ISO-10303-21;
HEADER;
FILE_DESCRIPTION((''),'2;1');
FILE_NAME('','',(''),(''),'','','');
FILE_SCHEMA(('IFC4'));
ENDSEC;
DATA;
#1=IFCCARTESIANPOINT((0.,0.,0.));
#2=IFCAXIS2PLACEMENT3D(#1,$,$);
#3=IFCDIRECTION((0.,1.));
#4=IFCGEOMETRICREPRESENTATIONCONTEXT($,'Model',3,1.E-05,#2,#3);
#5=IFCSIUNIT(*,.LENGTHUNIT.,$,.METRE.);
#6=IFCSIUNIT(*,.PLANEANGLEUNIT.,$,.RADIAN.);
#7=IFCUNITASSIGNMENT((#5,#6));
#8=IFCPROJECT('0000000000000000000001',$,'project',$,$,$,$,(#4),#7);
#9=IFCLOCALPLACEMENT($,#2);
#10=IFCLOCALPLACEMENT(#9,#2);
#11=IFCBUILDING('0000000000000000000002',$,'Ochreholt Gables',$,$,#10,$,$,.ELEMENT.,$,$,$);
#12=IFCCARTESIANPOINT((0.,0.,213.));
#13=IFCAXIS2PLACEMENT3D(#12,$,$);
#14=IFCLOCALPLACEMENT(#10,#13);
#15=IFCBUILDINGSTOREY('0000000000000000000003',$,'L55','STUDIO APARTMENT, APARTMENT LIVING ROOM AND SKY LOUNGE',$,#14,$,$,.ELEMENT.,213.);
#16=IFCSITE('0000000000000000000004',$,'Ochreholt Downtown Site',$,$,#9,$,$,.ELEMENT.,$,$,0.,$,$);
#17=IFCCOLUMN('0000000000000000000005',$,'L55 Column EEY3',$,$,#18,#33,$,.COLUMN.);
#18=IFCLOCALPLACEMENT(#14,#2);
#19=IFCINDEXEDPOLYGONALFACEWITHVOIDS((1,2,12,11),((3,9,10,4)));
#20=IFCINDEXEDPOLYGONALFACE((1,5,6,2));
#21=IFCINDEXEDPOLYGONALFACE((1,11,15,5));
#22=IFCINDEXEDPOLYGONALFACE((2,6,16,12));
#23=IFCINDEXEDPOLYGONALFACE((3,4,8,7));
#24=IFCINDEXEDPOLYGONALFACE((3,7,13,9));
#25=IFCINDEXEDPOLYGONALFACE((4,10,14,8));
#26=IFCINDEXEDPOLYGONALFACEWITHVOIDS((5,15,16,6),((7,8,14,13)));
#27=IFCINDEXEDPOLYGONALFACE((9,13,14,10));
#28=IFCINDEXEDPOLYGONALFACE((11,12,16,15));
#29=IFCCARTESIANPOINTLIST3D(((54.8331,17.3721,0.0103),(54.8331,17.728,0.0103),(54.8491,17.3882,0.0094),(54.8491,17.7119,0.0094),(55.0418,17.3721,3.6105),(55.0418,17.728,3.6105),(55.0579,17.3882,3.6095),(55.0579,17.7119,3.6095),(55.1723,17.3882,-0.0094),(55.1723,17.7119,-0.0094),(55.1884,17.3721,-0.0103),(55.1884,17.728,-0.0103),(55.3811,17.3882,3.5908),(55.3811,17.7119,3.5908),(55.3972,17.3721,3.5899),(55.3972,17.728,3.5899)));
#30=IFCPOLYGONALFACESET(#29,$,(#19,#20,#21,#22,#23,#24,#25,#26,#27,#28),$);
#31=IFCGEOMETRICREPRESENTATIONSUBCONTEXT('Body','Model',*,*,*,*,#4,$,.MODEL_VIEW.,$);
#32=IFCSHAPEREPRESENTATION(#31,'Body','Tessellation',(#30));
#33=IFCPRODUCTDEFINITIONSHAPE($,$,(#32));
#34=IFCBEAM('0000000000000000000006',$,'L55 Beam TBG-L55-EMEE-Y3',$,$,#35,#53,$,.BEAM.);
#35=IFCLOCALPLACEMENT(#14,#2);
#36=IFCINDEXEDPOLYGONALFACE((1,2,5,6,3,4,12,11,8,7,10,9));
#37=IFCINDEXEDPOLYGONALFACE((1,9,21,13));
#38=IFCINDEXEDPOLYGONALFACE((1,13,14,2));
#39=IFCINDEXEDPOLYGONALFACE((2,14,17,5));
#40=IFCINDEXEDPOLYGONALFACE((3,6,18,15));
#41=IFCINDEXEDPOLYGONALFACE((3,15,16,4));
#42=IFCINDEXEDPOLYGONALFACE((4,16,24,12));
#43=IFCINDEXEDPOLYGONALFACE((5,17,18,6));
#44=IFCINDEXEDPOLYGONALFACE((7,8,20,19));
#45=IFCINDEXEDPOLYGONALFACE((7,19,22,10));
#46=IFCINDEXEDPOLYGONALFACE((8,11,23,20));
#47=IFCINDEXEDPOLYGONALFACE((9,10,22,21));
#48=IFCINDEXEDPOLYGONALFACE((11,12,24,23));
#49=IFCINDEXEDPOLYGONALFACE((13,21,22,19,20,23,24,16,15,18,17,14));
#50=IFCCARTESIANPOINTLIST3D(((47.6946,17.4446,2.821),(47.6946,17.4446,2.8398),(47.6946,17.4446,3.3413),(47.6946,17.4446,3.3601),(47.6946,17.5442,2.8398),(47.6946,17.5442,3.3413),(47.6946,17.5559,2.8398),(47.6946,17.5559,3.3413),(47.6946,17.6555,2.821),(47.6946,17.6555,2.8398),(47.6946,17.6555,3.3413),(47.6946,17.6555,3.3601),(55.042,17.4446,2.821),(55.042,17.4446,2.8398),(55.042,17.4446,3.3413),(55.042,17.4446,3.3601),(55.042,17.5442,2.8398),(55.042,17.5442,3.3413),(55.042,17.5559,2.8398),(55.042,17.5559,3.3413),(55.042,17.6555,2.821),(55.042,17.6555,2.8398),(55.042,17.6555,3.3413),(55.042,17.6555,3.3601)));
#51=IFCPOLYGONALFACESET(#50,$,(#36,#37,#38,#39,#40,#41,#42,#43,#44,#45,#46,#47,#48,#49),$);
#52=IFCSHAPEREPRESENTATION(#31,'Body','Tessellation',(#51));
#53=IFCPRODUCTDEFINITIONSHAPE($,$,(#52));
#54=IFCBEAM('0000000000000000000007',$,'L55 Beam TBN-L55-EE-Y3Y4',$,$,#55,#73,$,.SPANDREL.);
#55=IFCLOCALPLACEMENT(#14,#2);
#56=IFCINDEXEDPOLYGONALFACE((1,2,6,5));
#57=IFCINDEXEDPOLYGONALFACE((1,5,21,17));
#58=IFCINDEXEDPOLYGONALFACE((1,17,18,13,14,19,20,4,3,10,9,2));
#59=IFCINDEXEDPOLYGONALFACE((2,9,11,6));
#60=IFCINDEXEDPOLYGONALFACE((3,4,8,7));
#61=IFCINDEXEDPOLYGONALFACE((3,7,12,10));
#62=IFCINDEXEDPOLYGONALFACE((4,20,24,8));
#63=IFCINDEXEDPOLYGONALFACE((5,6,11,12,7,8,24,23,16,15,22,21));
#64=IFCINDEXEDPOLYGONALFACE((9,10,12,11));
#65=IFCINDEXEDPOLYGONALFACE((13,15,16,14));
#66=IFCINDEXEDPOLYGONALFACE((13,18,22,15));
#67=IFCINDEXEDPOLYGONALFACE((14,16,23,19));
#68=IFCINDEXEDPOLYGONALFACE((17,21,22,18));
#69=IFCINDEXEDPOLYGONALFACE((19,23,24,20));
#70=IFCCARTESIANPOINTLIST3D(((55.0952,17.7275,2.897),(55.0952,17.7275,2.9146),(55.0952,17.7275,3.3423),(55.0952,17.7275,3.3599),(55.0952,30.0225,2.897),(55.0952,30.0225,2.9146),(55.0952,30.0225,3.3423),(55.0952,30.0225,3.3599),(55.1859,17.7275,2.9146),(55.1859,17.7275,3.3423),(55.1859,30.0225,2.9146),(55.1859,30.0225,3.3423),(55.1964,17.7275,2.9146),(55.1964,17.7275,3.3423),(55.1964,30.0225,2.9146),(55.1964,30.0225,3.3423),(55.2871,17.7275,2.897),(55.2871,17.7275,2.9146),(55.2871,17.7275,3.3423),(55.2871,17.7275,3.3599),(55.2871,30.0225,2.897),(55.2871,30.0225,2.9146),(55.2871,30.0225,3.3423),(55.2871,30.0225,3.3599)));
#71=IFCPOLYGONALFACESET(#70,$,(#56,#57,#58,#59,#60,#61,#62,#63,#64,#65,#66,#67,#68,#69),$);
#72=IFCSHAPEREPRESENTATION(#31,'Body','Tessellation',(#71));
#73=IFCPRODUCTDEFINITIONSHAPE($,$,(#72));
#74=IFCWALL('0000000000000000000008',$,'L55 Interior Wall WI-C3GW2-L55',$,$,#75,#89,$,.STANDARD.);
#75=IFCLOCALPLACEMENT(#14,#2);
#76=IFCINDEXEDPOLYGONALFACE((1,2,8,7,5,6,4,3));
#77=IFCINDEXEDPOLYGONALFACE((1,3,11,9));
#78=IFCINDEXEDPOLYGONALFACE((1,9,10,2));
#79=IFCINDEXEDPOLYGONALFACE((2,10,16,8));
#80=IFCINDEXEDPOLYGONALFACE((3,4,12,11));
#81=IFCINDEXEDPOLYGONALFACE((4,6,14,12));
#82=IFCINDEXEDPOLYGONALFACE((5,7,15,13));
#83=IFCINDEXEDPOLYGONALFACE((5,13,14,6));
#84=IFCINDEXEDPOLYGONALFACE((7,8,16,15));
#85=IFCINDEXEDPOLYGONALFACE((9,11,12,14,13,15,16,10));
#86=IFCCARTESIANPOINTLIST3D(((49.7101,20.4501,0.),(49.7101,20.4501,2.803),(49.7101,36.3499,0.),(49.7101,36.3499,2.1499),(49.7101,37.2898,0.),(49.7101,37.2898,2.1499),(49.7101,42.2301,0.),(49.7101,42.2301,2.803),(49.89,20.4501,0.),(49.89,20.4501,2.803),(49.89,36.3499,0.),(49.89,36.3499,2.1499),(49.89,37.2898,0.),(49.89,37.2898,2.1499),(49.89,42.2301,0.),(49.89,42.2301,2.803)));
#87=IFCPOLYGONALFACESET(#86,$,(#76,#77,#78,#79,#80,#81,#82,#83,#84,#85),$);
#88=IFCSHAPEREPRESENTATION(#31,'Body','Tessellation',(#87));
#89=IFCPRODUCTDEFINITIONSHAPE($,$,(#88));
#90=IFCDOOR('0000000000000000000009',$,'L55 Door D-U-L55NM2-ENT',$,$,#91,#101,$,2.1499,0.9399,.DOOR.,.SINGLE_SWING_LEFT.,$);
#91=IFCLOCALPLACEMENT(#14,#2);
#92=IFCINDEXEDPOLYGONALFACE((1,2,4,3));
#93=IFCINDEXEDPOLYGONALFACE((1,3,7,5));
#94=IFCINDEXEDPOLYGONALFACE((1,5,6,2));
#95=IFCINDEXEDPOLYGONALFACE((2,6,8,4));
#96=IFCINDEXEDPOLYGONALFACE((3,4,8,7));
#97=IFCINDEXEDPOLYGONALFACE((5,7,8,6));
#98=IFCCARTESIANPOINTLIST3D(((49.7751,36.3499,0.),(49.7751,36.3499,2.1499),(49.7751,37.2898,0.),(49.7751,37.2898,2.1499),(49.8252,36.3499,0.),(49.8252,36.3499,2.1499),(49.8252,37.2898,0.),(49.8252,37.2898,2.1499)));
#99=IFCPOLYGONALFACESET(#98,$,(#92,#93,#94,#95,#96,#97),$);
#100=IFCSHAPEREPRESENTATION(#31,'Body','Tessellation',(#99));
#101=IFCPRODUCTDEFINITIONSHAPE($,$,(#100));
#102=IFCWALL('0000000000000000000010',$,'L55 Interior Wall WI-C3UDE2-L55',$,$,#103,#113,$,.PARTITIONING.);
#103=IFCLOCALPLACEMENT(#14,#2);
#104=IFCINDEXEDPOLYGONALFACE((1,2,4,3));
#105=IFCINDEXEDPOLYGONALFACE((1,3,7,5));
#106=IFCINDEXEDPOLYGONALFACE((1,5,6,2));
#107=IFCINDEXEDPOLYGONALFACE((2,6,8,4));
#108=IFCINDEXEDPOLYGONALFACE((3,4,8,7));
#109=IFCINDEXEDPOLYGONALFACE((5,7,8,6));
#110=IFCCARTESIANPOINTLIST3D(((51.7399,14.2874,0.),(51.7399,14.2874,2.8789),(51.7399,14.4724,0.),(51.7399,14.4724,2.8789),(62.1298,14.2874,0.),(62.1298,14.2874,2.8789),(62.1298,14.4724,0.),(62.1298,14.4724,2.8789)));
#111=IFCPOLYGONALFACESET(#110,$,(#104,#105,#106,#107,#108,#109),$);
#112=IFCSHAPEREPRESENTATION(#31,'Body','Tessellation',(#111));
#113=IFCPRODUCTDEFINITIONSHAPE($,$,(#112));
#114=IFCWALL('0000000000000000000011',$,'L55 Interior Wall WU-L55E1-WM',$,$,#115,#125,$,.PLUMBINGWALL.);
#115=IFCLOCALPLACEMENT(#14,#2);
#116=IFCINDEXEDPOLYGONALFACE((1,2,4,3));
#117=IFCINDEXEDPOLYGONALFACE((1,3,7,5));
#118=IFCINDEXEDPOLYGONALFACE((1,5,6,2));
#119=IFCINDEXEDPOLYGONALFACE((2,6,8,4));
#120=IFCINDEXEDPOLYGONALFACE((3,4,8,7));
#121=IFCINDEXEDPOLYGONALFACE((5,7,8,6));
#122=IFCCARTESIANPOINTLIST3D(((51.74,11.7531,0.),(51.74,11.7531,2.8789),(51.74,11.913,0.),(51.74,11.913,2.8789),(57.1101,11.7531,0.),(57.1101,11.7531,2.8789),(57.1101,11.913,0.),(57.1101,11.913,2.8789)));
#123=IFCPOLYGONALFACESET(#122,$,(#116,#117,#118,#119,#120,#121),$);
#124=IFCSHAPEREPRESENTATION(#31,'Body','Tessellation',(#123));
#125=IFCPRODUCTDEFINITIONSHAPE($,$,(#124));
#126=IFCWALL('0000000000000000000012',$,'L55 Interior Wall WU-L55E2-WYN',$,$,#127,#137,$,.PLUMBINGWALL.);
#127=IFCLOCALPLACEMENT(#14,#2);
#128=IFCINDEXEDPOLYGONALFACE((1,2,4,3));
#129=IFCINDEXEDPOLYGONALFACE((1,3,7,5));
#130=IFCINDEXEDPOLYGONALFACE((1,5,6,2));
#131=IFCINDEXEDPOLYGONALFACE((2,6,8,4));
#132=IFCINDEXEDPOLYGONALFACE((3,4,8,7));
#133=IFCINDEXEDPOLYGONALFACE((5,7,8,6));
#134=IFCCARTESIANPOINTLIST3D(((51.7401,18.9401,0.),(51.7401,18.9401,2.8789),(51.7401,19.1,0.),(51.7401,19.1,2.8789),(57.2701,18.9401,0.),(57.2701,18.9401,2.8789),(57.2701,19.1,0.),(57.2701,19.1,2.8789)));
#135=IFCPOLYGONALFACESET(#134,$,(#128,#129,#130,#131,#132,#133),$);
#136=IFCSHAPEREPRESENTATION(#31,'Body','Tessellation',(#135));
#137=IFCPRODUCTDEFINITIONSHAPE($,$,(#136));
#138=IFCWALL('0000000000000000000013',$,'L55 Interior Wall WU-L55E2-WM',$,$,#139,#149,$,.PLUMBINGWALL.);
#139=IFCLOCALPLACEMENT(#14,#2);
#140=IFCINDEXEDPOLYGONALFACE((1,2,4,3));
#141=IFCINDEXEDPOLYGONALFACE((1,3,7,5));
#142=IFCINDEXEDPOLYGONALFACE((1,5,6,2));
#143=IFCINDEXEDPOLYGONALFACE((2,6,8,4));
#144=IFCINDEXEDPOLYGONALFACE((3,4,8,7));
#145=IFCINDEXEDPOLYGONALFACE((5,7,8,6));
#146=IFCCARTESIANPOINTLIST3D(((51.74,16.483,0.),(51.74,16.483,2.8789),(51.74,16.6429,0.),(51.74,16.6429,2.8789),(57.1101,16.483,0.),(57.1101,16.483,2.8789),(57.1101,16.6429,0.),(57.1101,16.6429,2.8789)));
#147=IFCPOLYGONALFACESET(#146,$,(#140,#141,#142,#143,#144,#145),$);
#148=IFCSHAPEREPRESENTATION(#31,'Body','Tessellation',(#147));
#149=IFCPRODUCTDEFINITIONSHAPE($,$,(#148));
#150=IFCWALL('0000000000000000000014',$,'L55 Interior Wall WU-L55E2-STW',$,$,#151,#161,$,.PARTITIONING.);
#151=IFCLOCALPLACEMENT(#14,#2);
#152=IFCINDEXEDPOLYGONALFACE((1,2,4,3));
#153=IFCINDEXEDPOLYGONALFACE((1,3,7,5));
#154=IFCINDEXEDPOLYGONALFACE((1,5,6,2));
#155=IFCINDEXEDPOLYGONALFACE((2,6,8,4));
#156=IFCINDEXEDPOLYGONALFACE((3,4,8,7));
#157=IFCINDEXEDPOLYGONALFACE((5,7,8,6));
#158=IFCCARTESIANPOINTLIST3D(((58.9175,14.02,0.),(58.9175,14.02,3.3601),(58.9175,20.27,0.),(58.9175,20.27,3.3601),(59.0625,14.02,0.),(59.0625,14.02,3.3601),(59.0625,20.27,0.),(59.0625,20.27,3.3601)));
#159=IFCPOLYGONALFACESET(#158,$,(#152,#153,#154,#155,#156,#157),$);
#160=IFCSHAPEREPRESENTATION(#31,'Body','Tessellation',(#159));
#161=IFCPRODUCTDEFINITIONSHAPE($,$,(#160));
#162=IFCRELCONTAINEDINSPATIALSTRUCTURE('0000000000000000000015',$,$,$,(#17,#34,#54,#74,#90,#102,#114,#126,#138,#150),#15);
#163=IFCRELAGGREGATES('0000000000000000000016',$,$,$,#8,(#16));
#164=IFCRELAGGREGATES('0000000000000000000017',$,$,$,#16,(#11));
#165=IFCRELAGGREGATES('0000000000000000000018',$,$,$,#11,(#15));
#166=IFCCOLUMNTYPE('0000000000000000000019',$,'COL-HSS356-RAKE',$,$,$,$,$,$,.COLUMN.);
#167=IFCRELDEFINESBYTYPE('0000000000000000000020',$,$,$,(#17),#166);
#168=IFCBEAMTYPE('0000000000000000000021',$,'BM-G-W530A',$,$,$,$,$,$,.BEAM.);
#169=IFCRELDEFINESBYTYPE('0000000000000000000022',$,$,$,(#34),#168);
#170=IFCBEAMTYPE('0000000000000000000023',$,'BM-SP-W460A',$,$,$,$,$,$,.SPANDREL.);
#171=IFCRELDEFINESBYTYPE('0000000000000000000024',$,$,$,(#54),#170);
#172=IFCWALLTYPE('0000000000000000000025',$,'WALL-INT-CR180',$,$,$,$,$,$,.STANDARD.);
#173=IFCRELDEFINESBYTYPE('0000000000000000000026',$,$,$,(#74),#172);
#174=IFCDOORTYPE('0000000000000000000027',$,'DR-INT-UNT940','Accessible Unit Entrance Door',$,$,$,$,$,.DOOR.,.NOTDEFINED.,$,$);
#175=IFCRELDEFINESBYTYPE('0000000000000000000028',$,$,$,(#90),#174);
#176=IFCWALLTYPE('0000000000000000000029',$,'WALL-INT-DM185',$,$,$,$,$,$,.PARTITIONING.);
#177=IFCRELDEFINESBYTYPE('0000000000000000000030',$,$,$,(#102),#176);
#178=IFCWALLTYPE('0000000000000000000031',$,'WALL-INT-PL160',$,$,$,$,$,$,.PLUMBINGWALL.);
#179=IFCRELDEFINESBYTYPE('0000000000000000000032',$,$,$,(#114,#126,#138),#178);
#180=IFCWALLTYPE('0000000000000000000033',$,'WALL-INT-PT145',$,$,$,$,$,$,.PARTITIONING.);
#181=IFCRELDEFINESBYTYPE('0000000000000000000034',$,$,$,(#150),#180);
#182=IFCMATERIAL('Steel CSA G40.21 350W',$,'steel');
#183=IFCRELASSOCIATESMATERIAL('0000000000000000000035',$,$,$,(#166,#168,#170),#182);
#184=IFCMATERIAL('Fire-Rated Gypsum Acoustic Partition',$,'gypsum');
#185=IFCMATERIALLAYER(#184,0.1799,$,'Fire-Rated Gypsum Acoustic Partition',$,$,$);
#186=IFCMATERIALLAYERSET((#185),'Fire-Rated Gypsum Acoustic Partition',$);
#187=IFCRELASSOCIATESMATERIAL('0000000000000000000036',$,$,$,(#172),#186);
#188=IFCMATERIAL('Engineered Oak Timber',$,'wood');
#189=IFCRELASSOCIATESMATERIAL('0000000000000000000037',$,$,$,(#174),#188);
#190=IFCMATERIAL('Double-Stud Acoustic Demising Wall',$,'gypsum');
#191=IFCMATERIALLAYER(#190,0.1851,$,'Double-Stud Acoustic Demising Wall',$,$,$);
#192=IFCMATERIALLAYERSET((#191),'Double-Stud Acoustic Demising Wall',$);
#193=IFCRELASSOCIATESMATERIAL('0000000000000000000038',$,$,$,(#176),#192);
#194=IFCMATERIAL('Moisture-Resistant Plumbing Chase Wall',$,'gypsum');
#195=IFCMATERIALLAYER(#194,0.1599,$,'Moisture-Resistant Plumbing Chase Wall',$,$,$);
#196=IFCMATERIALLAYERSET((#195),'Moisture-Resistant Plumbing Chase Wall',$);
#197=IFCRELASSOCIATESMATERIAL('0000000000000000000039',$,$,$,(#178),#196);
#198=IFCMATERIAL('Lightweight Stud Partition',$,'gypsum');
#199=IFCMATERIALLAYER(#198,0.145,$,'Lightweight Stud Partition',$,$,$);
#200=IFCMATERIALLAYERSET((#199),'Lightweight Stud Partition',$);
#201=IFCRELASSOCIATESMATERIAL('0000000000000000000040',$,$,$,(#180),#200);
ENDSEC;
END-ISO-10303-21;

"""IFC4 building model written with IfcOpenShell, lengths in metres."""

from ifc_helpers import new_model, si_unit, direction, frame, frame_2d, origin, origin_2d, place, context, subcontext, project, spatial, rectangle, hollow_rectangle, i_section, extrude, material, layer, layer_set, material_profile, profile_set, type_object, element, fill, save


model = new_model("IFC4")

# Units and contexts
model_context = context("Model", 3, precision=1e-05, world=origin(), true_north=direction((0.0, 1.0)))
body_context = subcontext(model_context, "Body", "Model", "MODEL_VIEW")
ifc_project = project(units=[si_unit("LENGTHUNIT", "METRE"), si_unit("PLANEANGLEUNIT", "RADIAN")], contexts=[model_context])

# Site, building, storey
site_placement = place(None, origin())
site = spatial("IfcSite", under=ifc_project, at=site_placement, Name="Ochreholt Downtown Site", CompositionType="ELEMENT", RefElevation=0.0)
building_placement = place(site_placement, origin())
building = spatial("IfcBuilding", under=site, at=building_placement, Name="Ochreholt Gables", CompositionType="ELEMENT")
storey_placement = place(building_placement, frame((0.0, 0.0, 213.0)))
storey = spatial("IfcBuildingStorey", under=building, at=storey_placement, Name="L55", Description="STUDIO APARTMENT, APARTMENT LIVING ROOM AND SKY LOUNGE", CompositionType="ELEMENT", Elevation=213.0)

# Column
ifc_material_1 = material(Name="Steel CSA G40.21 350W", Category="steel")
ifc_material_profile_1 = material_profile(ifc_material_1, hollow_rectangle(XDim=0.356, YDim=0.356, WallThickness=0.0161, at=origin_2d()), Name="HSS356X356X16")
ifc_profile_set_1 = profile_set([ifc_material_profile_1], Name="Steel CSA G40.21 350W")
column_type = type_object("IfcColumnType", Name="COL-HSS356-RAKE", PredefinedType="COLUMN", material=ifc_profile_set_1)
column_placement = place(storey_placement, frame((55.0107, 17.55, 0.0), z_axis=(0.057885, 0.0, 0.998323), x_axis=(0.0, 1.0, 0.0)))
element("IfcColumn", 1, at=column_placement, inside=storey, type_object=column_type, Name="L55 Column EEY3", PredefinedType="COLUMN", context=body_context, shape_type="SweptSolid", body=[
    extrude(hollow_rectangle(XDim=0.356, YDim=0.356, WallThickness=0.0161, at=origin_2d()), origin(), (0.0, 0.0, 1.0), 3.6062),
])

# Beams
ifc_material_profile_2 = material_profile(ifc_material_1, i_section(OverallWidth=0.2109, OverallDepth=0.5391, WebThickness=0.0117, FlangeThickness=0.0188, at=origin_2d()), Name="W530X109")
ifc_profile_set_2 = profile_set([ifc_material_profile_2], Name="Steel CSA G40.21 350W")
beam_type_1 = type_object("IfcBeamType", Name="BM-G-W530A", PredefinedType="BEAM", material=ifc_profile_set_2)
beam_1_placement = place(storey_placement, frame((47.6946, 17.55, 3.0906), z_axis=(1.0, 0.0, 0.0), x_axis=(0.0, 1.0, 0.0)))
element("IfcBeam", 2, at=beam_1_placement, inside=storey, type_object=beam_type_1, Name="L55 Beam TBG-L55-EMEE-Y3", PredefinedType="BEAM", context=body_context, shape_type="SweptSolid", body=[
    extrude(i_section(OverallWidth=0.2109, OverallDepth=0.5391, WebThickness=0.0117, FlangeThickness=0.0188, at=origin_2d()), origin(), (0.0, 0.0, 1.0), 7.3474),
])
ifc_material_profile_3 = material_profile(ifc_material_1, i_section(OverallWidth=0.1919, OverallDepth=0.4629, WebThickness=0.0105, FlangeThickness=0.0176, at=origin_2d()), Name="W460X89")
ifc_profile_set_3 = profile_set([ifc_material_profile_3], Name="Steel CSA G40.21 350W")
beam_type_2 = type_object("IfcBeamType", Name="BM-SP-W460A", PredefinedType="SPANDREL", material=ifc_profile_set_3)
beam_2_placement = place(storey_placement, frame((55.1912, 17.7275, 3.1284), z_axis=(0.0, 1.0, 0.0), x_axis=(-1.0, 0.0, 0.0)))
element("IfcBeam", 3, at=beam_2_placement, inside=storey, type_object=beam_type_2, Name="L55 Beam TBN-L55-EE-Y3Y4", PredefinedType="SPANDREL", context=body_context, shape_type="SweptSolid", body=[
    extrude(i_section(OverallWidth=0.1919, OverallDepth=0.4629, WebThickness=0.0105, FlangeThickness=0.0176, at=origin_2d()), origin(), (0.0, 0.0, 1.0), 12.2949),
])

# Wall, opening, door
ifc_material_2 = material(Name="Fire-Rated Gypsum Acoustic Partition", Category="gypsum")
ifc_layer_1 = layer(ifc_material_2, 0.1799, Name="Fire-Rated Gypsum Acoustic Partition")
ifc_layer_set_1 = layer_set([ifc_layer_1], Name="Fire-Rated Gypsum Acoustic Partition")
wall_type_1 = type_object("IfcWallType", Name="WALL-INT-CR180", PredefinedType="STANDARD", material=ifc_layer_set_1)
wall_1_placement = place(storey_placement, frame((49.8, 20.45, 0.0), z_axis=(0.0, 0.0, 1.0), x_axis=(0.0, 1.0, 0.0)))
wall_1 = element("IfcWall", 4, at=wall_1_placement, inside=storey, type_object=wall_type_1, Name="L55 Interior Wall WI-C3GW2-L55", PredefinedType="STANDARD", context=body_context, shape_type="SweptSolid", body=[
    extrude(rectangle(XDim=21.78, YDim=0.1799, at=frame_2d((10.8901, 0.0))), origin(), (0.0, 0.0, 1.0), 2.803),
])
opening_1_placement = place(wall_1_placement, frame((15.8999, 0.0, 0.0)))
opening_1 = element("IfcOpeningElement", 5, at=opening_1_placement, cuts=wall_1, PredefinedType="OPENING", context=body_context, shape_type="SweptSolid", body=[
    extrude(rectangle(XDim=0.9399, YDim=2.1499, at=frame_2d((0.47, 1.075))), frame((0.0, 0.0999, 0.0), z_axis=(0.0, -1.0, 0.0), x_axis=(1.0, 0.0, 0.0)), (0.0, 0.0, 1.0), 0.2),
])
ifc_material_3 = material(Name="Engineered Oak Timber", Category="wood")
door_type_1 = type_object("IfcDoorType", Name="DR-INT-UNT940", Description="Accessible Unit Entrance Door", OperationType="NOTDEFINED", PredefinedType="DOOR", material=ifc_material_3)
door_1_placement = place(opening_1_placement, origin())
door_1 = element("IfcDoor", 6, at=door_1_placement, inside=storey, type_object=door_type_1, Name="L55 Door D-U-L55NM2-ENT", OperationType="SINGLE_SWING_LEFT", OverallHeight=2.1499, OverallWidth=0.9399, PredefinedType="DOOR", context=body_context, shape_type="SweptSolid", body=[
    extrude(rectangle(XDim=0.9399, YDim=2.1499, at=frame_2d((0.47, 1.075))), frame((0.0, 0.0249, 0.0), z_axis=(0.0, -1.0, 0.0), x_axis=(1.0, 0.0, 0.0)), (0.0, 0.0, 1.0), 0.05),
])
fill(opening_1, door_1)

# Walls
ifc_material_4 = material(Name="Double-Stud Acoustic Demising Wall", Category="gypsum")
ifc_layer_2 = layer(ifc_material_4, 0.1851, Name="Double-Stud Acoustic Demising Wall")
ifc_layer_set_2 = layer_set([ifc_layer_2], Name="Double-Stud Acoustic Demising Wall")
wall_type_2 = type_object("IfcWallType", Name="WALL-INT-DM185", PredefinedType="PARTITIONING", material=ifc_layer_set_2)
wall_2_placement = place(storey_placement, frame((51.74, 14.3799, 0.0), z_axis=(0.0, 0.0, 1.0), x_axis=(1.0, 0.0, 0.0)))
element("IfcWall", 7, at=wall_2_placement, inside=storey, type_object=wall_type_2, Name="L55 Interior Wall WI-C3UDE2-L55", PredefinedType="PARTITIONING", context=body_context, shape_type="SweptSolid", body=[
    extrude(rectangle(XDim=10.3899, YDim=0.1851, at=frame_2d((5.1948, 0.0))), origin(), (0.0, 0.0, 1.0), 2.8789),
])
ifc_material_5 = material(Name="Moisture-Resistant Plumbing Chase Wall", Category="gypsum")
ifc_layer_3 = layer(ifc_material_5, 0.1599, Name="Moisture-Resistant Plumbing Chase Wall")
ifc_layer_set_3 = layer_set([ifc_layer_3], Name="Moisture-Resistant Plumbing Chase Wall")
wall_type_3 = type_object("IfcWallType", Name="WALL-INT-PL160", PredefinedType="PLUMBINGWALL", material=ifc_layer_set_3)
wall_3_placement = place(storey_placement, frame((51.74, 11.833, 0.0), z_axis=(0.0, 0.0, 1.0), x_axis=(1.0, 0.0, 0.0)))
element("IfcWall", 8, at=wall_3_placement, inside=storey, type_object=wall_type_3, Name="L55 Interior Wall WU-L55E1-WM", PredefinedType="PLUMBINGWALL", context=body_context, shape_type="SweptSolid", body=[
    extrude(rectangle(XDim=5.3701, YDim=0.1599, at=frame_2d((2.6851, 0.0))), origin(), (0.0, 0.0, 1.0), 2.8789),
])
wall_4_placement = place(storey_placement, frame((51.74, 19.02, 0.0), z_axis=(0.0, 0.0, 1.0), x_axis=(1.0, 0.0, 0.0)))
element("IfcWall", 9, at=wall_4_placement, inside=storey, type_object=wall_type_3, Name="L55 Interior Wall WU-L55E2-WYN", PredefinedType="PLUMBINGWALL", context=body_context, shape_type="SweptSolid", body=[
    extrude(rectangle(XDim=5.53, YDim=0.1599, at=frame_2d((2.7651, 0.0))), origin(), (0.0, 0.0, 1.0), 2.8789),
])

# Walls
wall_5_placement = place(storey_placement, frame((51.74, 16.563, 0.0), z_axis=(0.0, 0.0, 1.0), x_axis=(1.0, 0.0, 0.0)))
element("IfcWall", 10, at=wall_5_placement, inside=storey, type_object=wall_type_3, Name="L55 Interior Wall WU-L55E2-WM", PredefinedType="PLUMBINGWALL", context=body_context, shape_type="SweptSolid", body=[
    extrude(rectangle(XDim=5.3701, YDim=0.1599, at=frame_2d((2.6851, 0.0))), origin(), (0.0, 0.0, 1.0), 2.8789),
])
ifc_material_6 = material(Name="Lightweight Stud Partition", Category="gypsum")
ifc_layer_4 = layer(ifc_material_6, 0.145, Name="Lightweight Stud Partition")
ifc_layer_set_4 = layer_set([ifc_layer_4], Name="Lightweight Stud Partition")
wall_type_4 = type_object("IfcWallType", Name="WALL-INT-PT145", PredefinedType="PARTITIONING", material=ifc_layer_set_4)
wall_6_placement = place(storey_placement, frame((58.99, 14.02, 0.0), z_axis=(0.0, 0.0, 1.0), x_axis=(0.0, 1.0, 0.0)))
element("IfcWall", 11, at=wall_6_placement, inside=storey, type_object=wall_type_4, Name="L55 Interior Wall WU-L55E2-STW", PredefinedType="PARTITIONING", context=body_context, shape_type="SweptSolid", body=[
    extrude(rectangle(XDim=6.25, YDim=0.145, at=frame_2d((3.125, 0.0))), origin(), (0.0, 0.0, 1.0), 3.3601),
])

save(model, "model.ifc")
